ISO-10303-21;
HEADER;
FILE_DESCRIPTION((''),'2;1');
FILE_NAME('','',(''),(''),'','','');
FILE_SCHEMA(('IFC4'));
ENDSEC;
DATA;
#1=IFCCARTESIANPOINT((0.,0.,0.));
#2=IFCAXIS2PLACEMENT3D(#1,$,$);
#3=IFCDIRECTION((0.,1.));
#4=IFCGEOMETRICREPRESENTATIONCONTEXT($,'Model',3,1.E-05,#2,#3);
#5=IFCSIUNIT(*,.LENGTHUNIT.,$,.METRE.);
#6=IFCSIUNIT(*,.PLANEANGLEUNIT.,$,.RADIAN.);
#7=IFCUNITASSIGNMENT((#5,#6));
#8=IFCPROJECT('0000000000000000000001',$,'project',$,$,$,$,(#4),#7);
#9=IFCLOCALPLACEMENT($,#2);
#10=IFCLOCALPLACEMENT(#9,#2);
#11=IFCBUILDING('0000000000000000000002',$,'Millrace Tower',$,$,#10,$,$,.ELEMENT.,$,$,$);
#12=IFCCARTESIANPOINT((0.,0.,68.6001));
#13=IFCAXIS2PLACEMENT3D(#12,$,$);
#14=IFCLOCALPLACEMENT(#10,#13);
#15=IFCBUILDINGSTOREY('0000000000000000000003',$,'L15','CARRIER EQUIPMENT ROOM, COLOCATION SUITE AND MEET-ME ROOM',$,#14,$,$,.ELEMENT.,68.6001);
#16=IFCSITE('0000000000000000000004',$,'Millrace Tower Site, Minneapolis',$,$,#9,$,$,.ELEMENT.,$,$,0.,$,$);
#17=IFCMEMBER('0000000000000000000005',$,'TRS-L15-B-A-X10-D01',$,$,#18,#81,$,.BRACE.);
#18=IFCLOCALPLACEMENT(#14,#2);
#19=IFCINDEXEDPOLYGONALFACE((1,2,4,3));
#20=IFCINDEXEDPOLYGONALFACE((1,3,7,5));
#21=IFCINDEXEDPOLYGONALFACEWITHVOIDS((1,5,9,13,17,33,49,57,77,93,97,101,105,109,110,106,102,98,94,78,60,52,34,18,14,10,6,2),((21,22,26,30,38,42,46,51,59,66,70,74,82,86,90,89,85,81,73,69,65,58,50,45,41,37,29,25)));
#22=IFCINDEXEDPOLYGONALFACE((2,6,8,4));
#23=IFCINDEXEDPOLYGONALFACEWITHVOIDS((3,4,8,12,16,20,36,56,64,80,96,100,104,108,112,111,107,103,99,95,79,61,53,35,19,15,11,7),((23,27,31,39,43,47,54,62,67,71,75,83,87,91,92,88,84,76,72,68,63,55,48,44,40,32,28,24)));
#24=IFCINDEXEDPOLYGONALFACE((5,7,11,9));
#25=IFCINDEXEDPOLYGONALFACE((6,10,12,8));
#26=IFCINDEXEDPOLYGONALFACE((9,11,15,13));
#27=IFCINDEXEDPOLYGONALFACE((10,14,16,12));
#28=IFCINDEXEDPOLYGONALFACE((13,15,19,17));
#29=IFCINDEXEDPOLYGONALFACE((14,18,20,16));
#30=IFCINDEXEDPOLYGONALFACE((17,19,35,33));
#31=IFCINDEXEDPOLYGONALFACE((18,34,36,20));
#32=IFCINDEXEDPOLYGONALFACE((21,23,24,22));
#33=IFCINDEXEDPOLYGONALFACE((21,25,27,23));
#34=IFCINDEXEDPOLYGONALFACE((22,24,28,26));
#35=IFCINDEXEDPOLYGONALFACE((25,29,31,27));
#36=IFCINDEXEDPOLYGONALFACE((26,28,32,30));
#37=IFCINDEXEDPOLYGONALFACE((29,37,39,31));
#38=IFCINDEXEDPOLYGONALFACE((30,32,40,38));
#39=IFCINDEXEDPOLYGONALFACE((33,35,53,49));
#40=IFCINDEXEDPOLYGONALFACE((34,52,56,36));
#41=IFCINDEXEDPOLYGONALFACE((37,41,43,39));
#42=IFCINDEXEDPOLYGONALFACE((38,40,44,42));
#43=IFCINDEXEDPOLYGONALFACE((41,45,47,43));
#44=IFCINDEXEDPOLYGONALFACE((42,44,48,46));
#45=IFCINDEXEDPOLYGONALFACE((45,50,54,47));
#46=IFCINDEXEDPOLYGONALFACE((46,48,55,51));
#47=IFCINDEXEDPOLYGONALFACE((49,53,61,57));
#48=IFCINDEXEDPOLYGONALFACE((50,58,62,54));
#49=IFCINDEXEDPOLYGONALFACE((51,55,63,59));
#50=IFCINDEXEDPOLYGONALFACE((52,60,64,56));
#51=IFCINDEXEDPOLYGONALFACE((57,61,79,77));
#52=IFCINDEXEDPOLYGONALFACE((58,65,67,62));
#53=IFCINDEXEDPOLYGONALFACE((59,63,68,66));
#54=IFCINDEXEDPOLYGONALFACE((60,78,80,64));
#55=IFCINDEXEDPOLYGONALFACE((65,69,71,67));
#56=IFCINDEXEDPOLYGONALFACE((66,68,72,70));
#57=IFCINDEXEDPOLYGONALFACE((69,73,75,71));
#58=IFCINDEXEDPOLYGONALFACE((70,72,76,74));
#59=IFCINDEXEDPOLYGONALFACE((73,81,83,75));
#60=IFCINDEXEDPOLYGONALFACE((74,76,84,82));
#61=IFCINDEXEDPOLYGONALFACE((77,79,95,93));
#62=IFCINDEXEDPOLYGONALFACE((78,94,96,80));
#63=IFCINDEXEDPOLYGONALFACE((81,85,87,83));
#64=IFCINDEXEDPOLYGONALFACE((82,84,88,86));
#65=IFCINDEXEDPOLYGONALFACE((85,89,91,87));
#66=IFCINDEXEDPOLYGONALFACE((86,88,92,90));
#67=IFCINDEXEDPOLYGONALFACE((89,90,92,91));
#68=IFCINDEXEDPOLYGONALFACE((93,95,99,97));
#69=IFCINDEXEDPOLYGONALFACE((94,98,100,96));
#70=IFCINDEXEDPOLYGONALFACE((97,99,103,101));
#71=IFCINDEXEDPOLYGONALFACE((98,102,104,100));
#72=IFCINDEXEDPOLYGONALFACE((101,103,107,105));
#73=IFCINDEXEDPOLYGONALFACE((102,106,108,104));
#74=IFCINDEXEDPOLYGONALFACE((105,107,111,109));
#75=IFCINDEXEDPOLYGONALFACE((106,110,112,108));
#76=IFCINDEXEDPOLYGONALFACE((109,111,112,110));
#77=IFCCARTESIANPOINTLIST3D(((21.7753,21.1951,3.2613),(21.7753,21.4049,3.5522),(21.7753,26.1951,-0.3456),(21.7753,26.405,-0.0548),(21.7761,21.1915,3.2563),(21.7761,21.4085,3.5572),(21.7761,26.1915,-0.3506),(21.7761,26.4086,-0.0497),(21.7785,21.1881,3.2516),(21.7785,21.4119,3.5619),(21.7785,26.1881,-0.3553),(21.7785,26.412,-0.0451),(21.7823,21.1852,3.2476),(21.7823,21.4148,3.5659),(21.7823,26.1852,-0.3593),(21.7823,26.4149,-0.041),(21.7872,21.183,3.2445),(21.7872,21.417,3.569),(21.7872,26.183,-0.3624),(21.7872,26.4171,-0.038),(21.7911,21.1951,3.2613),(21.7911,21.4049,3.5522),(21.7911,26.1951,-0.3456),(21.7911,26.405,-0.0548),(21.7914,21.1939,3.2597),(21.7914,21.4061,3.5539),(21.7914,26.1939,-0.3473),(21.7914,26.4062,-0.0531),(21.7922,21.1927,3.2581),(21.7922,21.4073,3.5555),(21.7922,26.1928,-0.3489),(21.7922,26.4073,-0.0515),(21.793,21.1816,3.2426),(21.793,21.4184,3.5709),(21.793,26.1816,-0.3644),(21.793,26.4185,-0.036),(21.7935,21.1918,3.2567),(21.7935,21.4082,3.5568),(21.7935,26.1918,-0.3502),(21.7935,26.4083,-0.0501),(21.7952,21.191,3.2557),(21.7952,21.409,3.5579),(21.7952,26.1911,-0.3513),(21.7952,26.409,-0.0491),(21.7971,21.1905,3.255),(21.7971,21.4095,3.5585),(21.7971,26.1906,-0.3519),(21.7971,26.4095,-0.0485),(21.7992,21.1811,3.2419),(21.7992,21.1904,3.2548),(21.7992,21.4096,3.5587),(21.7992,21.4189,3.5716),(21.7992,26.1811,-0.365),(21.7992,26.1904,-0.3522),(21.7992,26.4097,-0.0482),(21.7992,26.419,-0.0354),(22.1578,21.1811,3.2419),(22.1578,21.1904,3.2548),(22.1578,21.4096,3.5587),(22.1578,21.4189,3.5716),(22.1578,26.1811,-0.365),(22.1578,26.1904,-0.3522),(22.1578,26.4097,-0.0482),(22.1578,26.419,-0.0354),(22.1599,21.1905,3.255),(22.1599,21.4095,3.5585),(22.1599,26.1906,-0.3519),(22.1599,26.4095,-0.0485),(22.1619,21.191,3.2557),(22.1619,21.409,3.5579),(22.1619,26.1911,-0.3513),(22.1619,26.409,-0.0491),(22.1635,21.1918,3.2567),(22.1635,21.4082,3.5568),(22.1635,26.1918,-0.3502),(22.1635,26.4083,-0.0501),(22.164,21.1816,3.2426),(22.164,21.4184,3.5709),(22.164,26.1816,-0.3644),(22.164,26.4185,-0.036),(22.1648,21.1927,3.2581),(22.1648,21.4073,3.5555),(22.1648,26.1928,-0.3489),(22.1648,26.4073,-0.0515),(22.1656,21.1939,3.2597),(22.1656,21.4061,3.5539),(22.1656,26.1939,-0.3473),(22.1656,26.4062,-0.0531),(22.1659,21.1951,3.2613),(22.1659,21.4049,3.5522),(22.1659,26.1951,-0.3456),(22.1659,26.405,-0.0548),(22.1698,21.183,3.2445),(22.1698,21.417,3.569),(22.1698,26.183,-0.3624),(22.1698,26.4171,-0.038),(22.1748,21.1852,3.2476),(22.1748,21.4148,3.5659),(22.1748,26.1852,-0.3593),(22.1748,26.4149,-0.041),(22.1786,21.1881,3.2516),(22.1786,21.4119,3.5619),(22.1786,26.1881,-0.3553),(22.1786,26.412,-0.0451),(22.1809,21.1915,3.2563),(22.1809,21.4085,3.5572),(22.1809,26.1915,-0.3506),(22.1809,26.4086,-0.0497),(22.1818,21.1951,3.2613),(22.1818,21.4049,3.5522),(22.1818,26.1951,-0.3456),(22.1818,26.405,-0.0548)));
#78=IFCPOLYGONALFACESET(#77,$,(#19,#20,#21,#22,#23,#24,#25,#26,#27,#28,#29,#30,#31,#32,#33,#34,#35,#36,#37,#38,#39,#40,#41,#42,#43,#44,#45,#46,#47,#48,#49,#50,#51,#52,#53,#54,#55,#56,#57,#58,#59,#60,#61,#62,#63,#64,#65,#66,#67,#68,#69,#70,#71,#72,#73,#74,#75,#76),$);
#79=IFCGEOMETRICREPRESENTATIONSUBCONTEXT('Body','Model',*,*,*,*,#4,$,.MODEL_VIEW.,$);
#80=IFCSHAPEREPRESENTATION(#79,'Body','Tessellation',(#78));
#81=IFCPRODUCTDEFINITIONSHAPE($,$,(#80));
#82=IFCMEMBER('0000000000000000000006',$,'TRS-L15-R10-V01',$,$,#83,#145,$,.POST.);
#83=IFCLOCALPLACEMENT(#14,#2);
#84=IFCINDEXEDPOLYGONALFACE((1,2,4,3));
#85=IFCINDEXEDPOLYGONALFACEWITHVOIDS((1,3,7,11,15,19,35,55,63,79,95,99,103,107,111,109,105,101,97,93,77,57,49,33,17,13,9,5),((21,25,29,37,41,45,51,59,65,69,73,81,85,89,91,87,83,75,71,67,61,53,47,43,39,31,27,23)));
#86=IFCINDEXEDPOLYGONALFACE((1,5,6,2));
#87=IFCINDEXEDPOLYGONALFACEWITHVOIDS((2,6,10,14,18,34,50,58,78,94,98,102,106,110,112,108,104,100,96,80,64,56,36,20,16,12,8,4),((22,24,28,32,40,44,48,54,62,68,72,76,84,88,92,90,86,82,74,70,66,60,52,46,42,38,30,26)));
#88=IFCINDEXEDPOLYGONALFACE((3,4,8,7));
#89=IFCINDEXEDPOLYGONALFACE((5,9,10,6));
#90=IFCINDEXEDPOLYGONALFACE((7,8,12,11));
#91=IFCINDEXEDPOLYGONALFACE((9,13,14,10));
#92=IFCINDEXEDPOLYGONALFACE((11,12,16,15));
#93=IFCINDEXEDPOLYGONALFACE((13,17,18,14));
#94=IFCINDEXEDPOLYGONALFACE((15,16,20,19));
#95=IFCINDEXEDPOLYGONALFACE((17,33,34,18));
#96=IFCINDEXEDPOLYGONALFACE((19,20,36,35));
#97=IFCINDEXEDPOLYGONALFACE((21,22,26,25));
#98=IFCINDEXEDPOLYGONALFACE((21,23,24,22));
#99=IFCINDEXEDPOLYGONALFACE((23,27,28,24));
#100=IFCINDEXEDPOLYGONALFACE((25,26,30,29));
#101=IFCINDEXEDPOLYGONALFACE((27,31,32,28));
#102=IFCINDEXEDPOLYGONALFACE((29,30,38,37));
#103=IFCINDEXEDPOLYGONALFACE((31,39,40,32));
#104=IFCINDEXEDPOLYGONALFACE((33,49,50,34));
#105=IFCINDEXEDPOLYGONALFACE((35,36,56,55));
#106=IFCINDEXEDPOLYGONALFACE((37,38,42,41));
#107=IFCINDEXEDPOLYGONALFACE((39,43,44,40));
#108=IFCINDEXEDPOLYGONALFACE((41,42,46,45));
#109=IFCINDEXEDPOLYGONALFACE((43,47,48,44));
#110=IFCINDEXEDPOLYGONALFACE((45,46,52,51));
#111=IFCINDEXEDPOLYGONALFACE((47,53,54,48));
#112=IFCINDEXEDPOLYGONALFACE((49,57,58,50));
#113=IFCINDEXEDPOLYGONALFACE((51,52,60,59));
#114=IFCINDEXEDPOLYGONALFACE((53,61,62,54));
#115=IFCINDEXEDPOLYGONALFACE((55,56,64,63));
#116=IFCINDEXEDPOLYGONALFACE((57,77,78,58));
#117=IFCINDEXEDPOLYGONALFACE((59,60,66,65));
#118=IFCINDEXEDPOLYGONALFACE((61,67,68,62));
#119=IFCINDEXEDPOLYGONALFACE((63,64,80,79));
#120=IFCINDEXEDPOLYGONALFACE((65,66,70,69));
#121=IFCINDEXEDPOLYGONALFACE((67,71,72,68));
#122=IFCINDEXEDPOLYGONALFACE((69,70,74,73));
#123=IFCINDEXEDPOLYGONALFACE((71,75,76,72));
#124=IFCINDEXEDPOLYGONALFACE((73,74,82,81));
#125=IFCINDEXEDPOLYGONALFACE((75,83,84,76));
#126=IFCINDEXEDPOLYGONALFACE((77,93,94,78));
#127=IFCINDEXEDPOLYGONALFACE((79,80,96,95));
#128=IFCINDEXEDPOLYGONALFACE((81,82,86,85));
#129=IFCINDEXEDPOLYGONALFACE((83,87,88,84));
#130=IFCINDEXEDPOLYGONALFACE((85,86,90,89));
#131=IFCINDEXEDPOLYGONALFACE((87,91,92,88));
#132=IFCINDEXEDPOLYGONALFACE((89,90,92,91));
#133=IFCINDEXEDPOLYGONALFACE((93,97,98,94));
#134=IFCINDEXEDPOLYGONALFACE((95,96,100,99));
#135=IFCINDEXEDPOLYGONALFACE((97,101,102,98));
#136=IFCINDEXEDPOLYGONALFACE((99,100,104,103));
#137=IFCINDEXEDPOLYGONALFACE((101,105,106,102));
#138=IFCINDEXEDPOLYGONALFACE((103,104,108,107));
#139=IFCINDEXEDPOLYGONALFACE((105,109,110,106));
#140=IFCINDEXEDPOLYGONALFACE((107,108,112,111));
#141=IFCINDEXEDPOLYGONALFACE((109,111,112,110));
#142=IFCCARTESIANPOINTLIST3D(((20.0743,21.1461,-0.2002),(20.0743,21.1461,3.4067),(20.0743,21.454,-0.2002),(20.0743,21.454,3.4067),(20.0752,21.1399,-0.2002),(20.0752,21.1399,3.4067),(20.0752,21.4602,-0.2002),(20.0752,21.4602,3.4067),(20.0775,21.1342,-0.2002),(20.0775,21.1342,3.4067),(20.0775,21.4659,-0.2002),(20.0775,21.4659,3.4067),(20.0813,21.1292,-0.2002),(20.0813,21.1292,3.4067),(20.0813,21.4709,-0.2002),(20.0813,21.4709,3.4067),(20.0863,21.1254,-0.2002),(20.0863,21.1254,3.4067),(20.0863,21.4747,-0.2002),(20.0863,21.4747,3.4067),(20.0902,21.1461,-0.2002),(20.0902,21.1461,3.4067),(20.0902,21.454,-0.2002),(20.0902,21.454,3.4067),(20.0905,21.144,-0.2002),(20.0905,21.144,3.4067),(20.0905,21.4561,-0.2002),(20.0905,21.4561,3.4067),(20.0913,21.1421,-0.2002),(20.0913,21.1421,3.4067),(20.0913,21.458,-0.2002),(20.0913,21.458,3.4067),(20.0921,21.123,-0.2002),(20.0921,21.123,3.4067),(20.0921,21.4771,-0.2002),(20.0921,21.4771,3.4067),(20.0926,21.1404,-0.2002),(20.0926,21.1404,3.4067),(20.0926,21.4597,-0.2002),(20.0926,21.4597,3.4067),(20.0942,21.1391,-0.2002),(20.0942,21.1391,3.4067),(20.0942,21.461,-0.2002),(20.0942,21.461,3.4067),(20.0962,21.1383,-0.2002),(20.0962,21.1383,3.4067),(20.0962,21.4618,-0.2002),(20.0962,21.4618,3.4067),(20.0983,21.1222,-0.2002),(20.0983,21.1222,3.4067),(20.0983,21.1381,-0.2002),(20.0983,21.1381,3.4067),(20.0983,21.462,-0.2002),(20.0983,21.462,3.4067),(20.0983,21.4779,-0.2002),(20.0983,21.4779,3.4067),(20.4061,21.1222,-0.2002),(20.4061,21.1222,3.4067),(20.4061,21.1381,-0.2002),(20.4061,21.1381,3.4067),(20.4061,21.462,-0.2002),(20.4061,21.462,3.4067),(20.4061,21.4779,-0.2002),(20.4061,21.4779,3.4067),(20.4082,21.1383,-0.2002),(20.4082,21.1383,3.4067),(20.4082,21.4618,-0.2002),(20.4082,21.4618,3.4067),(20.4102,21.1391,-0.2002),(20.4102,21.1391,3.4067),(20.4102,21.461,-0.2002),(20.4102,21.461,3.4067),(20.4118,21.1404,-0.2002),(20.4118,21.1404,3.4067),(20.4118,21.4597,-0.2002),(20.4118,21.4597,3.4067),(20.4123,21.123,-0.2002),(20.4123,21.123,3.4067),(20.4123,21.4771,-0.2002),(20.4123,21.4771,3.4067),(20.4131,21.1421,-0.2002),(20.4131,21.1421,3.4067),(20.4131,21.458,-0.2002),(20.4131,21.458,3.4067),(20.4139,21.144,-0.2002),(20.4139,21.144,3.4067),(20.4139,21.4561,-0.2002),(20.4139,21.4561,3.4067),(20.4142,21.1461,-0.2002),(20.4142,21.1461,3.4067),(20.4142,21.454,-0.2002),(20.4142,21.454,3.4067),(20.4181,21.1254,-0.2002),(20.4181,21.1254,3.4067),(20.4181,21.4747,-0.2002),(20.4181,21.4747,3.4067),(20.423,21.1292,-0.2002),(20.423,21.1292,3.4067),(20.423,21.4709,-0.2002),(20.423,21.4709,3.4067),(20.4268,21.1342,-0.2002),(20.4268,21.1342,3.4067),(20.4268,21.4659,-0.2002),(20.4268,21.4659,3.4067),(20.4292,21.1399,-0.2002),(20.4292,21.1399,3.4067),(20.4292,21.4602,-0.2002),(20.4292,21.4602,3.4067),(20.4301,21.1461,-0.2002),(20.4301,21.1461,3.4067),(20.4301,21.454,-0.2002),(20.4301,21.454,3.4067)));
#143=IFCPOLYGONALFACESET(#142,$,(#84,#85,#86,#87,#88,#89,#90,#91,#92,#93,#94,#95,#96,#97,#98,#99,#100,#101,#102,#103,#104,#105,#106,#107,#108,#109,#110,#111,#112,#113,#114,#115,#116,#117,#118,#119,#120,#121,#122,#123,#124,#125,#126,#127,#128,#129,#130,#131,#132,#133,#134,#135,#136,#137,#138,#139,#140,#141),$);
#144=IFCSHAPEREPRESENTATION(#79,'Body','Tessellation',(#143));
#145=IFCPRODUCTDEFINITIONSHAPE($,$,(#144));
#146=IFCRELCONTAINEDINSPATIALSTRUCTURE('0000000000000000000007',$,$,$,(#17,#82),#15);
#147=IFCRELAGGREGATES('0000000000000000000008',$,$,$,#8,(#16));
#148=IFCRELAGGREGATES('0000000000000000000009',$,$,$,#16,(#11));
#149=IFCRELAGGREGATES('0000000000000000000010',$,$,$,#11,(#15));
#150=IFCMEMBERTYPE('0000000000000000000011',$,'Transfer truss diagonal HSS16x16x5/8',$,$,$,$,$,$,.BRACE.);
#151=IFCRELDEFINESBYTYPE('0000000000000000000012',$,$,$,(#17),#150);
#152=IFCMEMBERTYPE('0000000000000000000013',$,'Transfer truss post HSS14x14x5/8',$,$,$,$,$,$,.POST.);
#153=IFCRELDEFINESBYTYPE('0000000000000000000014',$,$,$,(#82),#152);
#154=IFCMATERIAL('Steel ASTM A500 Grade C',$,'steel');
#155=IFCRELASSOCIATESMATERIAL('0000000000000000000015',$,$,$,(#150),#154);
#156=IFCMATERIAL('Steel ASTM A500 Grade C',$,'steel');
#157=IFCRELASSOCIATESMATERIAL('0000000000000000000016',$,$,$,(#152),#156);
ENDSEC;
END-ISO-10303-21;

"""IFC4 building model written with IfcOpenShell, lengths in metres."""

from ifc_helpers import new_model, si_unit, direction, frame, origin, origin_2d, place, context, subcontext, project, spatial, hollow_rectangle, extrude, material, material_profile, profile_set, type_object, element, save


model = new_model("IFC4")

# Units and contexts
model_context = context("Model", 3, precision=1e-05, world=origin(), true_north=direction((0.0, 1.0)))
body_context = subcontext(model_context, "Body", "Model", "MODEL_VIEW")
ifc_project = project(units=[si_unit("LENGTHUNIT", "METRE"), si_unit("PLANEANGLEUNIT", "RADIAN")], contexts=[model_context])

# Site, building, storey
site_placement = place(None, origin())
site = spatial("IfcSite", under=ifc_project, at=site_placement, Name="Millrace Tower Site, Minneapolis", CompositionType="ELEMENT", RefElevation=0.0)
building_placement = place(site_placement, origin())
building = spatial("IfcBuilding", under=site, at=building_placement, Name="Millrace Tower", CompositionType="ELEMENT")
storey_placement = place(building_placement, frame((0.0, 0.0, 68.6001)))
storey = spatial("IfcBuildingStorey", under=building, at=storey_placement, Name="L15", Description="CARRIER EQUIPMENT ROOM, COLOCATION SUITE AND MEET-ME ROOM", CompositionType="ELEMENT", Elevation=68.6001)

# Members
ifc_material_1 = material(Name="Steel ASTM A500 Grade C", Category="steel")
ifc_material_profile_1 = material_profile(ifc_material_1, hollow_rectangle(XDim=0.4065, YDim=0.4065, WallThickness=0.0159, InnerFilletRadius=0.0081, OuterFilletRadius=0.0239, at=origin_2d()))
ifc_profile_set_1 = profile_set([ifc_material_profile_1], Name="Steel ASTM A500 Grade C")
member_type_1 = type_object("IfcMemberType", Name="Transfer truss diagonal HSS16x16x5/8", PredefinedType="BRACE", material=ifc_profile_set_1)
member_1_placement = place(storey_placement, frame((21.9785, 26.3, -0.2002), z_axis=(0.0, -0.811001, 0.585045), x_axis=(1.0, 0.0, 0.0)))
element("IfcMember", 1, at=member_1_placement, inside=storey, type_object=member_type_1, Name="TRS-L15-B-A-X10-D01", PredefinedType="BRACE", context=body_context, shape_type="SweptSolid", body=[
    extrude(hollow_rectangle(XDim=0.4065, YDim=0.4065, WallThickness=0.0159, InnerFilletRadius=0.0081, OuterFilletRadius=0.0239, at=origin_2d()), origin(), (0.0, 0.0, 1.0), 6.1653),
])
ifc_material_2 = material(Name="Steel ASTM A500 Grade C", Category="steel")
ifc_material_profile_2 = material_profile(ifc_material_2, hollow_rectangle(XDim=0.3557, YDim=0.3557, WallThickness=0.0159, InnerFilletRadius=0.0081, OuterFilletRadius=0.0239, at=origin_2d()))
ifc_profile_set_2 = profile_set([ifc_material_profile_2], Name="Steel ASTM A500 Grade C")
member_type_2 = type_object("IfcMemberType", Name="Transfer truss post HSS14x14x5/8", PredefinedType="POST", material=ifc_profile_set_2)
for number, where, z_axis, x_axis, name in (
    (2, (20.2522, 21.3, -0.2002), (0.0, 0.0, 1.0), (1.0, 0.0, 0.0), "TRS-L15-R10-V01"),
):
    element("IfcMember", number, at=place(storey_placement, frame(where, z_axis=z_axis, x_axis=x_axis)), inside=storey, type_object=member_type_2, Name=name, PredefinedType="POST", context=body_context, shape_type="SweptSolid", body=[
        extrude(hollow_rectangle(XDim=0.3557, YDim=0.3557, WallThickness=0.0159, InnerFilletRadius=0.0081, OuterFilletRadius=0.0239, at=origin_2d()), origin(), (0.0, 0.0, 1.0), 3.6069),
    ])

save(model, "model.ifc")
